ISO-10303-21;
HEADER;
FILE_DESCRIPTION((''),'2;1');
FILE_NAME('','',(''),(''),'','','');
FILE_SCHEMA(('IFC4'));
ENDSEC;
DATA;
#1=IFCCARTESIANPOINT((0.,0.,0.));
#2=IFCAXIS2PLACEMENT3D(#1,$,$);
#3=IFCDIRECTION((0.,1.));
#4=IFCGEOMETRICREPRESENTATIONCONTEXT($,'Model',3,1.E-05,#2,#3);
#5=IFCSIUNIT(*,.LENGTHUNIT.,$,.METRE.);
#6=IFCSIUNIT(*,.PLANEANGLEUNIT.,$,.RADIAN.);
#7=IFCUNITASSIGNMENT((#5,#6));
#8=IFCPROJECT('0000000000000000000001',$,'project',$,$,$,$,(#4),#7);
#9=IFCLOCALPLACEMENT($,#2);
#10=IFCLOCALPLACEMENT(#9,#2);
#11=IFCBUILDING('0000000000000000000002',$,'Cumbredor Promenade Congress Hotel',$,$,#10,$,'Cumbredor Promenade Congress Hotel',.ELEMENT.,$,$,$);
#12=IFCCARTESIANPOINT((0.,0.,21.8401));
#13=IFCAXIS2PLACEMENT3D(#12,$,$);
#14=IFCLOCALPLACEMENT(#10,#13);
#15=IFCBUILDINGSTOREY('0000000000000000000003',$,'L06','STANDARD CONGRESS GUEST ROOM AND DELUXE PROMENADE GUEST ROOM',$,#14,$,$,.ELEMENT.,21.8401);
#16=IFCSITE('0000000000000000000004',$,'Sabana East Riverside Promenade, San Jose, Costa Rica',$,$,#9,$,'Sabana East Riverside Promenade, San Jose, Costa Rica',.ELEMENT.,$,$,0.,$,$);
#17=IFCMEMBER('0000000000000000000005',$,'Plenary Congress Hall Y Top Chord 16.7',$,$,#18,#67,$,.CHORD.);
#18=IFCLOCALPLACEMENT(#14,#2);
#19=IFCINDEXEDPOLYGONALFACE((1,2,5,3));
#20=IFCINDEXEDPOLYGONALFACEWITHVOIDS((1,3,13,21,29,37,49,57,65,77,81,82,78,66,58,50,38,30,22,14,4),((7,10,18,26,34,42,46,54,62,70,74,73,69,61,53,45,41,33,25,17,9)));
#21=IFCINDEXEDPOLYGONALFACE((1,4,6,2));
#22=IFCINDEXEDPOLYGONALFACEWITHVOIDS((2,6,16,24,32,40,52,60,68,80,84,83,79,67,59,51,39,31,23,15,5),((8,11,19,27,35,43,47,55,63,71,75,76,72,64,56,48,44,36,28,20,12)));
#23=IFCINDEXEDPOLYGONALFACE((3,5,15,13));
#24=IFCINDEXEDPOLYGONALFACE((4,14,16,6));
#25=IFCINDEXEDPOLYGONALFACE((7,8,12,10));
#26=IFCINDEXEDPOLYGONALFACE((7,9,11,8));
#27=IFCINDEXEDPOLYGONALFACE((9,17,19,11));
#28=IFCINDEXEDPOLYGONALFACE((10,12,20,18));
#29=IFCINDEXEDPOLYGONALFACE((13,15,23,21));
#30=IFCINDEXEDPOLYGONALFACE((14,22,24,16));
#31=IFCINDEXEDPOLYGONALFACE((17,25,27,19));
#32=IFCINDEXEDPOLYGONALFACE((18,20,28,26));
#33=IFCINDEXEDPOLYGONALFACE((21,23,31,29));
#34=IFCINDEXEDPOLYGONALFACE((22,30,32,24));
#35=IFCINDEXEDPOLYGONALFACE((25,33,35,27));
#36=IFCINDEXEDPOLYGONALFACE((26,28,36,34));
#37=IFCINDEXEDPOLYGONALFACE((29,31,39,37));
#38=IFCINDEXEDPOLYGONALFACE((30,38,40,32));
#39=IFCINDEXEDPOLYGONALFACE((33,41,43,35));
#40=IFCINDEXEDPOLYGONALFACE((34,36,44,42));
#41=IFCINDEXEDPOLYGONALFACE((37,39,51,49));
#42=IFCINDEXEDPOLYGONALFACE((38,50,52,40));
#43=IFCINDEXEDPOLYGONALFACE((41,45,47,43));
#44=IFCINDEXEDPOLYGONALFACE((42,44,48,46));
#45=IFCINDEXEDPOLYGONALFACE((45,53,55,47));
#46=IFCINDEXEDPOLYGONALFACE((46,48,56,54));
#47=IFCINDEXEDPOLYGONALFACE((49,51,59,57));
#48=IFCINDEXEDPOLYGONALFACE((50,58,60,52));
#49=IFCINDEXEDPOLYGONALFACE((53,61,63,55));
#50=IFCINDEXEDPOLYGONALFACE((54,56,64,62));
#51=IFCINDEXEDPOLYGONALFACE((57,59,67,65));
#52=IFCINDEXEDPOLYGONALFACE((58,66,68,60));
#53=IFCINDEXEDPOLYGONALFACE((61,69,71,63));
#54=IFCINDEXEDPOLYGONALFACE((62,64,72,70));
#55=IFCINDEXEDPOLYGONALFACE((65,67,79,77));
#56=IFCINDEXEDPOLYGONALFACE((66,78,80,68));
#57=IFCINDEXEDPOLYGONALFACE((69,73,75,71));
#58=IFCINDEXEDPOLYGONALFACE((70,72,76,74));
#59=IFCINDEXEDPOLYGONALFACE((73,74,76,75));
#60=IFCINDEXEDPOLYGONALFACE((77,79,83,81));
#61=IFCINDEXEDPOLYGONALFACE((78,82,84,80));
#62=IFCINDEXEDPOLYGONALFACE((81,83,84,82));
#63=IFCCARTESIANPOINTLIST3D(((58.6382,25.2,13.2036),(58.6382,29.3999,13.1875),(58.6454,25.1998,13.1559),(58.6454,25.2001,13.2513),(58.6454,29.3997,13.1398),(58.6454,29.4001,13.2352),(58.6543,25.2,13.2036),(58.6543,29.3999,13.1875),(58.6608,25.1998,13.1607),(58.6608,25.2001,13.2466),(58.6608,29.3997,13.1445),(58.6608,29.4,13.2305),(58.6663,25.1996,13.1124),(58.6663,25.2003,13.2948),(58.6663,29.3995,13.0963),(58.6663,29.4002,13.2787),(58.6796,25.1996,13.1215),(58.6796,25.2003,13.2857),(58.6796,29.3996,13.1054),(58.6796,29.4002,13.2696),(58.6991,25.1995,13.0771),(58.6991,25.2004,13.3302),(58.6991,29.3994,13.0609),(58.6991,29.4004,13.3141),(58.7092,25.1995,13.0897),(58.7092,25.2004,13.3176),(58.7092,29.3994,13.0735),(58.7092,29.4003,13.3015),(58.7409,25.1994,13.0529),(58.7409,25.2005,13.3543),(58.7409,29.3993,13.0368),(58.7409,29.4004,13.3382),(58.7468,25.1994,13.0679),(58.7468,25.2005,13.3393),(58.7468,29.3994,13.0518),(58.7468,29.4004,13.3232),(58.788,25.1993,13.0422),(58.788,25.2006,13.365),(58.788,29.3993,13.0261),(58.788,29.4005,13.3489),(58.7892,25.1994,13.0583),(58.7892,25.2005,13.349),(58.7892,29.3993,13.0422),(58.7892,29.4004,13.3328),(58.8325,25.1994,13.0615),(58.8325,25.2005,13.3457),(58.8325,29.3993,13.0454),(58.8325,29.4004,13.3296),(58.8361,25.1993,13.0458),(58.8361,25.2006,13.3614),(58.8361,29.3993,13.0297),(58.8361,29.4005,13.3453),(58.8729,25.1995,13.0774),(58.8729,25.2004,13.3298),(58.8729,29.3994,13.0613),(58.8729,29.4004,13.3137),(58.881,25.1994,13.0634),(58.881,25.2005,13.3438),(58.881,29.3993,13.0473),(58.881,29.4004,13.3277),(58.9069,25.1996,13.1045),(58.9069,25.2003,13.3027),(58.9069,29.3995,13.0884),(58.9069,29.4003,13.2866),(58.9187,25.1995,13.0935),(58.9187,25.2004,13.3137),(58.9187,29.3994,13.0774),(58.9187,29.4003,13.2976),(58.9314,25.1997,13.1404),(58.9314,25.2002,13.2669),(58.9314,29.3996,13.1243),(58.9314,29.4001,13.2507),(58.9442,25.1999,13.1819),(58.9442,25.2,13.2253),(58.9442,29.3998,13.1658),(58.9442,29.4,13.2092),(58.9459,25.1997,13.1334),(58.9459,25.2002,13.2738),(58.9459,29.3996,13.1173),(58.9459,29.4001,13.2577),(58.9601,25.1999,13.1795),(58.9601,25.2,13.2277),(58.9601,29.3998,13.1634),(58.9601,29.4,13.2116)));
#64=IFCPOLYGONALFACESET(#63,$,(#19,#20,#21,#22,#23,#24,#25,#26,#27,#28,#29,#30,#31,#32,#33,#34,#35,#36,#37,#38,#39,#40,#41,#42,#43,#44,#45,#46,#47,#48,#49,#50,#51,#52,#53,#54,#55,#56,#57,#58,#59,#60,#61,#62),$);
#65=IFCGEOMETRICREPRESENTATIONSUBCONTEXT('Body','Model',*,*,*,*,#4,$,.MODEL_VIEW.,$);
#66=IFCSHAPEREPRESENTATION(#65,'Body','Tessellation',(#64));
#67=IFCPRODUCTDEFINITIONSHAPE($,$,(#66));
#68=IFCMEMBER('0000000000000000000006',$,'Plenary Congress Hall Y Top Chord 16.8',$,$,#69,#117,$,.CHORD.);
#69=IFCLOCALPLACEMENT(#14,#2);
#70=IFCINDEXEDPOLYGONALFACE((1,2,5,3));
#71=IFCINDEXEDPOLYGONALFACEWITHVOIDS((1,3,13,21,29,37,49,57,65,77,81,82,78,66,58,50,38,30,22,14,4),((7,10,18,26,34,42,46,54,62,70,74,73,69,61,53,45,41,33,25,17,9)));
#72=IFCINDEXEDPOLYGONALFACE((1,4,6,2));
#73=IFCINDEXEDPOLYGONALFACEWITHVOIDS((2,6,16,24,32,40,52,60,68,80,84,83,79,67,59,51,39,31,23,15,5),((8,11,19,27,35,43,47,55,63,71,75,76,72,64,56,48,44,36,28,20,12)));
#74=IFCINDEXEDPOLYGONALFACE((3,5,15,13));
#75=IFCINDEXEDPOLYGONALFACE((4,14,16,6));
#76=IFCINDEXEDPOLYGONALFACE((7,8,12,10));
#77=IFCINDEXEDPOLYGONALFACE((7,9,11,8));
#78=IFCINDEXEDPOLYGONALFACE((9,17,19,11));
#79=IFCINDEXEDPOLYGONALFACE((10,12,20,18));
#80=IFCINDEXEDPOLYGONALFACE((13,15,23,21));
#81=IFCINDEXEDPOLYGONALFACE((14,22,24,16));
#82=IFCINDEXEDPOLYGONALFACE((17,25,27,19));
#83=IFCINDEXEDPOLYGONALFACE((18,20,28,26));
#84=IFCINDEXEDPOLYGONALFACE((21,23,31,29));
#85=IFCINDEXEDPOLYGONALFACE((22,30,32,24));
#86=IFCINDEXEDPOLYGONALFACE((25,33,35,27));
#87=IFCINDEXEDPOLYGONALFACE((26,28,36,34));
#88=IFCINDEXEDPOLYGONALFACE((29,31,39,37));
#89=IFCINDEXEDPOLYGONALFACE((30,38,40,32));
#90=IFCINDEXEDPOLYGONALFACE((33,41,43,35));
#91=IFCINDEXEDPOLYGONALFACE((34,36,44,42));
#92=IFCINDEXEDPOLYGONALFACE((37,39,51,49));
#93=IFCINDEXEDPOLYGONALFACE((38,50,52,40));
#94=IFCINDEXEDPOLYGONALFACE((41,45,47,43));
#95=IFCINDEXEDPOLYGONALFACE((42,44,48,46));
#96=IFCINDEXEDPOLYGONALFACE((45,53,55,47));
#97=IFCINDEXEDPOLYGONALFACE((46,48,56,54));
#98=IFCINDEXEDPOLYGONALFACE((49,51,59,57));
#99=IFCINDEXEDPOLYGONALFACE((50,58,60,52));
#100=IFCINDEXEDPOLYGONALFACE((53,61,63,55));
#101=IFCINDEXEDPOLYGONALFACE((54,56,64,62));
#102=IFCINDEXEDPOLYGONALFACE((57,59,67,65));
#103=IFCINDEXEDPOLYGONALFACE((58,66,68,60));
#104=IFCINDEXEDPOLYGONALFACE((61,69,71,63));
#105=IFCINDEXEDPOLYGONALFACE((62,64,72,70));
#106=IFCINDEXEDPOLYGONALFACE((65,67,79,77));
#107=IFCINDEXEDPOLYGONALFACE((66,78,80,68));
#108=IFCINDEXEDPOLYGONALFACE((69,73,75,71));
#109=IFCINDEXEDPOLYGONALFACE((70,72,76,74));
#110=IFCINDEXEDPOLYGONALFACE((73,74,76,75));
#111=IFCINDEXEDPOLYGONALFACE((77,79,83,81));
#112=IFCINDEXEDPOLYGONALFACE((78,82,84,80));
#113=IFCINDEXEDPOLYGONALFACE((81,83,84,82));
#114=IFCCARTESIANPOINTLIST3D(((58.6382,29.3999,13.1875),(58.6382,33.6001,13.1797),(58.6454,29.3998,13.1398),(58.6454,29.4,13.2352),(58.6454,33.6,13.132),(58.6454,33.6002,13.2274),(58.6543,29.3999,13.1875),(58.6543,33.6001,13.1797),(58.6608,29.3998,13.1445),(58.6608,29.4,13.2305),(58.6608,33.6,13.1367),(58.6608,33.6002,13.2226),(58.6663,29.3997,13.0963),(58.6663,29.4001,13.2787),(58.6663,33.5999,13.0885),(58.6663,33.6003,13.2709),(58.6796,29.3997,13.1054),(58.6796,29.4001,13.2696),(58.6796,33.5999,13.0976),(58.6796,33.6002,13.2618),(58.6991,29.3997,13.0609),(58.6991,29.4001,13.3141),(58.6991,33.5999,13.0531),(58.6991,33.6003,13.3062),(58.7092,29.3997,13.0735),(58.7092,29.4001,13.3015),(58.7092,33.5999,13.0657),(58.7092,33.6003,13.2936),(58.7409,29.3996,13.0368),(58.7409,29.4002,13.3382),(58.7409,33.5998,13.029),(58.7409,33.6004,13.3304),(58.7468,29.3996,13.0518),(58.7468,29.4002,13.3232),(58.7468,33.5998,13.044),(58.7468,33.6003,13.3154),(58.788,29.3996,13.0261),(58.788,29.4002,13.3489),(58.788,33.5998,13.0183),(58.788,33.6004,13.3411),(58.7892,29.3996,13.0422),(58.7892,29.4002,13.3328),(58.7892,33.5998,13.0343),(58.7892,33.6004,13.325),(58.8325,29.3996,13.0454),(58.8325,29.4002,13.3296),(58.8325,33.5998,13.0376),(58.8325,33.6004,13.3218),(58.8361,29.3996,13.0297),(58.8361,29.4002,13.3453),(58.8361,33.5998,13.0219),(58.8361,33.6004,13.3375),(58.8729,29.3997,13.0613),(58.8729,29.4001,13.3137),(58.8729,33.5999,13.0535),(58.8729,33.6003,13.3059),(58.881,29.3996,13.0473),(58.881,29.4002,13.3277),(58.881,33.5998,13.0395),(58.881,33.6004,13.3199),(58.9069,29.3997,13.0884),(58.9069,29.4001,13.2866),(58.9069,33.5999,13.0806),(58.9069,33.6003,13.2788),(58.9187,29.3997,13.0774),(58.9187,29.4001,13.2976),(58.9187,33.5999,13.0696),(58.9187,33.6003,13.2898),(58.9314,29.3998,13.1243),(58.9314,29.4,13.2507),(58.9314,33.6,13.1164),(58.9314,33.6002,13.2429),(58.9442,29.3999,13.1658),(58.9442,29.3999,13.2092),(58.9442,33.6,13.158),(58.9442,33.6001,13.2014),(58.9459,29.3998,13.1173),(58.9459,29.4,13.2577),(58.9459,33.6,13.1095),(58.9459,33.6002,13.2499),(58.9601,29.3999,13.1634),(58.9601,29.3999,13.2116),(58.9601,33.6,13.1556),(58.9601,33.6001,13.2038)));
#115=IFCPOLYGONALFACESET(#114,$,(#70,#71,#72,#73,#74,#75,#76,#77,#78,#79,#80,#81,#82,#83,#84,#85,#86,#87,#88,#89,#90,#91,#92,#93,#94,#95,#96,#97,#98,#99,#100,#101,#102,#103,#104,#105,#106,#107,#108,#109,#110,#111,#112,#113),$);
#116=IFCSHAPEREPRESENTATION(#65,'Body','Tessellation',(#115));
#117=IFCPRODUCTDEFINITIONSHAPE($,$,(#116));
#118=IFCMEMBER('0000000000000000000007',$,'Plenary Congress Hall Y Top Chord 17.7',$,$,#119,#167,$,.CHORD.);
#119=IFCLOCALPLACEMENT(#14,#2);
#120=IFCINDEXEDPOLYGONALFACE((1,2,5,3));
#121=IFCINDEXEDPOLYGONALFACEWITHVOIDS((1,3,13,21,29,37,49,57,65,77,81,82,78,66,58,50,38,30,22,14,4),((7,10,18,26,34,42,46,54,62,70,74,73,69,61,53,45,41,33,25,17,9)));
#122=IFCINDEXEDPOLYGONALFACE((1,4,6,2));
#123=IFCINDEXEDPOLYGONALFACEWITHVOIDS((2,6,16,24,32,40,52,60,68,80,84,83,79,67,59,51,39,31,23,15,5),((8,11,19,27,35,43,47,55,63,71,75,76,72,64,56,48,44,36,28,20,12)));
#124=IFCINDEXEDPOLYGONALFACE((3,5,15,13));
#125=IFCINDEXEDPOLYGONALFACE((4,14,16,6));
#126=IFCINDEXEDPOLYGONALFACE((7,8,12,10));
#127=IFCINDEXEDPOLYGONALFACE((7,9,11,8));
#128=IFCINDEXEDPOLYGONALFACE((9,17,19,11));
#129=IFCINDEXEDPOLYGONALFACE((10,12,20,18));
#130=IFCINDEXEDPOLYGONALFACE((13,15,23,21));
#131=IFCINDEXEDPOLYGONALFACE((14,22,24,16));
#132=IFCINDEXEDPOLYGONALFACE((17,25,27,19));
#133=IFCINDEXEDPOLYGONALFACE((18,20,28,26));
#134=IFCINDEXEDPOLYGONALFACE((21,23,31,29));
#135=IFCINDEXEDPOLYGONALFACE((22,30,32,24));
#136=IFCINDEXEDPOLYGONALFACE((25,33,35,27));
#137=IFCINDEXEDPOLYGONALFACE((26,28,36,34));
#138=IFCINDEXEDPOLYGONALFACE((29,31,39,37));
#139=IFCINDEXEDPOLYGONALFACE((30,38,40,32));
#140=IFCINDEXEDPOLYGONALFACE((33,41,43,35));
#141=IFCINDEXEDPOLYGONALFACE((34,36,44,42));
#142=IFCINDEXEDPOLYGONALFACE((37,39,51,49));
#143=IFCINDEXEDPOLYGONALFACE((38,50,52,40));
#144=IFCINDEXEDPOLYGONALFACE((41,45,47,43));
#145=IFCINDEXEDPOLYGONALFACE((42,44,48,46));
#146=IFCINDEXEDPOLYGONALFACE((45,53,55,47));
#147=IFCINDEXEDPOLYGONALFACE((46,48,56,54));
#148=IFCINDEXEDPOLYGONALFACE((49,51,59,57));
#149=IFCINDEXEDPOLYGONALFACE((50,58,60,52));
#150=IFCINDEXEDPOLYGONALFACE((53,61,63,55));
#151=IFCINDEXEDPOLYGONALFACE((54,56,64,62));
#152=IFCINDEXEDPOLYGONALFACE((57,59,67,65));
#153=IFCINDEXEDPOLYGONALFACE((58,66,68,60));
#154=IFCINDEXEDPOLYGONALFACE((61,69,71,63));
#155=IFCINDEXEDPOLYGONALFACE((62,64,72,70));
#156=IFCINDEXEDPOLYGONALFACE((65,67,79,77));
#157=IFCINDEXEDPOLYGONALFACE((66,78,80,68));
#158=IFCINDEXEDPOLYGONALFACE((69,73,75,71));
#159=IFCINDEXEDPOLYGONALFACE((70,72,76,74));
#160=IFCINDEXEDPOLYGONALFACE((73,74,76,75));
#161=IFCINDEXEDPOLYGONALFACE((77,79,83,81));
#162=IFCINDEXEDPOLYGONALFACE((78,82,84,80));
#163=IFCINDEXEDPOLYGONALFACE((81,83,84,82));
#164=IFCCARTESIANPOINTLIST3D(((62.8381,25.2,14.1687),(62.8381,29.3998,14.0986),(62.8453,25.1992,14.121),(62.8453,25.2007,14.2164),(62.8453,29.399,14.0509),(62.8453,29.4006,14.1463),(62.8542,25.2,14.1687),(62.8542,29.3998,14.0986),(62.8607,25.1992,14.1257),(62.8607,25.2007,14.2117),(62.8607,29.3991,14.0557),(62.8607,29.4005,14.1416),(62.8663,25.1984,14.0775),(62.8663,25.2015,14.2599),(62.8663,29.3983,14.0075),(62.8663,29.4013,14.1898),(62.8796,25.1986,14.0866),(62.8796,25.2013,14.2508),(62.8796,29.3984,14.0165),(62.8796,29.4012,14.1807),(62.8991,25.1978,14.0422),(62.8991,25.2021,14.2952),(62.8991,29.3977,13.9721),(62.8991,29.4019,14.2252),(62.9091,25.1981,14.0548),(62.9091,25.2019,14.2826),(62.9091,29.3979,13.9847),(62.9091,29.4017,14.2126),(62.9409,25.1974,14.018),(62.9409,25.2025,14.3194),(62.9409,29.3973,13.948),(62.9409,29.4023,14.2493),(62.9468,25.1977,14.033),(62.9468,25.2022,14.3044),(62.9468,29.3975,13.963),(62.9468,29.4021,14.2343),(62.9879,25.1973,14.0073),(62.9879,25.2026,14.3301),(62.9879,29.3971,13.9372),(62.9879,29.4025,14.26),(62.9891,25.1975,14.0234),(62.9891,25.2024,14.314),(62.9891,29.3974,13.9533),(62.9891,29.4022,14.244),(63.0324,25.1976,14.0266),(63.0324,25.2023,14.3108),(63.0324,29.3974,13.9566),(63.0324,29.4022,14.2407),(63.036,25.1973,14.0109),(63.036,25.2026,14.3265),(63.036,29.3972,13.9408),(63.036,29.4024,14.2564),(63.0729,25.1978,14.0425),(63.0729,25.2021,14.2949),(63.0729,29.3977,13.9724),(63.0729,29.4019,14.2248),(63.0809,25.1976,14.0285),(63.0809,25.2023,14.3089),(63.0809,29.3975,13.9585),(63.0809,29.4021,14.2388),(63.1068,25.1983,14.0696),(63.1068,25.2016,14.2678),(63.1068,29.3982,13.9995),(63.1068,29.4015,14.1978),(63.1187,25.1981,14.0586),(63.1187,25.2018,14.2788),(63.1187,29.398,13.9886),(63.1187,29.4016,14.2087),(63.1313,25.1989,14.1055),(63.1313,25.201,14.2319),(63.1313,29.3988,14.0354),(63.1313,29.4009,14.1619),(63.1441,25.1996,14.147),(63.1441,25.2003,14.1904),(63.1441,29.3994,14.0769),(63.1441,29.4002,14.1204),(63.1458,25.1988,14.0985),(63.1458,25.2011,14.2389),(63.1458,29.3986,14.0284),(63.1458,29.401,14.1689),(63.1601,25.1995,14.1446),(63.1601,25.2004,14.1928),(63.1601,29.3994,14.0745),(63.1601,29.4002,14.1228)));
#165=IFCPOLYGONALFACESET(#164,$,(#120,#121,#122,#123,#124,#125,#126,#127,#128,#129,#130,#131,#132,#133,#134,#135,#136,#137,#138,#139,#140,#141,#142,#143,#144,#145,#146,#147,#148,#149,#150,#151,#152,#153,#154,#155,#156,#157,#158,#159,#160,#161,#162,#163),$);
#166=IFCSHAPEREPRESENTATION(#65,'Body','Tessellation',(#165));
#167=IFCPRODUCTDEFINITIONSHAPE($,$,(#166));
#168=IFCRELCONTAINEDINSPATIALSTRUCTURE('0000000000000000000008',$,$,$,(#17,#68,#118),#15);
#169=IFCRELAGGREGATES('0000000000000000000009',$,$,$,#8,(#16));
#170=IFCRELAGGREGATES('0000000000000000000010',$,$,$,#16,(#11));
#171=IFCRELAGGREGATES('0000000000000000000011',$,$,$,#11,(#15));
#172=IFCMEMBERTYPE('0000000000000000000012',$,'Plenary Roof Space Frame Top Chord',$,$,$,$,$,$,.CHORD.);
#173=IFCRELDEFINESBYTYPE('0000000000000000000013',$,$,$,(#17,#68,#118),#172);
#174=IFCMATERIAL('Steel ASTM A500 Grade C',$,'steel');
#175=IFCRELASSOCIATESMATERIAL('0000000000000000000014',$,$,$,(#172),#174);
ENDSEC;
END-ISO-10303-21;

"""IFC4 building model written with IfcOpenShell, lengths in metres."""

from ifc_helpers import new_model, si_unit, direction, frame, origin, origin_2d, place, context, subcontext, project, spatial, hollow_circle, extrude, material, material_profile, profile_set, type_object, element, save


model = new_model("IFC4")

# Units and contexts
model_context = context("Model", 3, precision=1e-05, world=origin(), true_north=direction((0.0, 1.0)))
body_context = subcontext(model_context, "Body", "Model", "MODEL_VIEW")
ifc_project = project(units=[si_unit("LENGTHUNIT", "METRE"), si_unit("PLANEANGLEUNIT", "RADIAN")], contexts=[model_context])

# Site, building, storey
site_placement = place(None, origin())
site = spatial("IfcSite", under=ifc_project, at=site_placement, Name="Sabana East Riverside Promenade, San Jose, Costa Rica", LongName="Sabana East Riverside Promenade, San Jose, Costa Rica", CompositionType="ELEMENT", RefElevation=0.0)
building_placement = place(site_placement, origin())
building = spatial("IfcBuilding", under=site, at=building_placement, Name="Cumbredor Promenade Congress Hotel", LongName="Cumbredor Promenade Congress Hotel", CompositionType="ELEMENT")
storey_placement = place(building_placement, frame((0.0, 0.0, 21.8401)))
storey = spatial("IfcBuildingStorey", under=building, at=storey_placement, Name="L06", Description="STANDARD CONGRESS GUEST ROOM AND DELUXE PROMENADE GUEST ROOM", CompositionType="ELEMENT", Elevation=21.8401)

# Members
ifc_material_1 = material(Name="Steel ASTM A500 Grade C", Category="steel")
ifc_material_profile_1 = material_profile(ifc_material_1, hollow_circle(Radius=0.1619, WallThickness=0.0161, at=origin_2d()), Name="CHS 323.9x16")
ifc_profile_set_1 = profile_set([ifc_material_profile_1], Name="Steel ASTM A500 Grade C")
member_type_1 = type_object("IfcMemberType", Name="Plenary Roof Space Frame Top Chord", PredefinedType="CHORD", material=ifc_profile_set_1)
member_1_placement = place(storey_placement, frame((58.8, 25.2, 13.2036), z_axis=(0.0, 0.999993, -0.003837), x_axis=(-1.0, 0.0, 0.0)))
element("IfcMember", 1, at=member_1_placement, inside=storey, type_object=member_type_1, Name="Plenary Congress Hall Y Top Chord 16.7", PredefinedType="CHORD", context=body_context, shape_type="SweptSolid", body=[
    extrude(hollow_circle(Radius=0.1619, WallThickness=0.0161, at=origin_2d()), origin(), (0.0, 0.0, 1.0), 4.2),
])
member_2_placement = place(storey_placement, frame((58.8, 29.3999, 13.1875), z_axis=(0.0, 0.999998, -0.00186), x_axis=(-1.0, 0.0, 0.0)))
element("IfcMember", 2, at=member_2_placement, inside=storey, type_object=member_type_1, Name="Plenary Congress Hall Y Top Chord 16.8", PredefinedType="CHORD", context=body_context, shape_type="SweptSolid", body=[
    extrude(hollow_circle(Radius=0.1619, WallThickness=0.0161, at=origin_2d()), origin(), (0.0, 0.0, 1.0), 4.2002),
])
member_3_placement = place(storey_placement, frame((63.0, 25.2, 14.1687), z_axis=(0.0, 0.999861, -0.016681), x_axis=(-1.0, 0.0, 0.0)))
element("IfcMember", 3, at=member_3_placement, inside=storey, type_object=member_type_1, Name="Plenary Congress Hall Y Top Chord 17.7", PredefinedType="CHORD", context=body_context, shape_type="SweptSolid", body=[
    extrude(hollow_circle(Radius=0.1619, WallThickness=0.0161, at=origin_2d()), origin(), (0.0, 0.0, 1.0), 4.2004),
])

save(model, "model.ifc")
